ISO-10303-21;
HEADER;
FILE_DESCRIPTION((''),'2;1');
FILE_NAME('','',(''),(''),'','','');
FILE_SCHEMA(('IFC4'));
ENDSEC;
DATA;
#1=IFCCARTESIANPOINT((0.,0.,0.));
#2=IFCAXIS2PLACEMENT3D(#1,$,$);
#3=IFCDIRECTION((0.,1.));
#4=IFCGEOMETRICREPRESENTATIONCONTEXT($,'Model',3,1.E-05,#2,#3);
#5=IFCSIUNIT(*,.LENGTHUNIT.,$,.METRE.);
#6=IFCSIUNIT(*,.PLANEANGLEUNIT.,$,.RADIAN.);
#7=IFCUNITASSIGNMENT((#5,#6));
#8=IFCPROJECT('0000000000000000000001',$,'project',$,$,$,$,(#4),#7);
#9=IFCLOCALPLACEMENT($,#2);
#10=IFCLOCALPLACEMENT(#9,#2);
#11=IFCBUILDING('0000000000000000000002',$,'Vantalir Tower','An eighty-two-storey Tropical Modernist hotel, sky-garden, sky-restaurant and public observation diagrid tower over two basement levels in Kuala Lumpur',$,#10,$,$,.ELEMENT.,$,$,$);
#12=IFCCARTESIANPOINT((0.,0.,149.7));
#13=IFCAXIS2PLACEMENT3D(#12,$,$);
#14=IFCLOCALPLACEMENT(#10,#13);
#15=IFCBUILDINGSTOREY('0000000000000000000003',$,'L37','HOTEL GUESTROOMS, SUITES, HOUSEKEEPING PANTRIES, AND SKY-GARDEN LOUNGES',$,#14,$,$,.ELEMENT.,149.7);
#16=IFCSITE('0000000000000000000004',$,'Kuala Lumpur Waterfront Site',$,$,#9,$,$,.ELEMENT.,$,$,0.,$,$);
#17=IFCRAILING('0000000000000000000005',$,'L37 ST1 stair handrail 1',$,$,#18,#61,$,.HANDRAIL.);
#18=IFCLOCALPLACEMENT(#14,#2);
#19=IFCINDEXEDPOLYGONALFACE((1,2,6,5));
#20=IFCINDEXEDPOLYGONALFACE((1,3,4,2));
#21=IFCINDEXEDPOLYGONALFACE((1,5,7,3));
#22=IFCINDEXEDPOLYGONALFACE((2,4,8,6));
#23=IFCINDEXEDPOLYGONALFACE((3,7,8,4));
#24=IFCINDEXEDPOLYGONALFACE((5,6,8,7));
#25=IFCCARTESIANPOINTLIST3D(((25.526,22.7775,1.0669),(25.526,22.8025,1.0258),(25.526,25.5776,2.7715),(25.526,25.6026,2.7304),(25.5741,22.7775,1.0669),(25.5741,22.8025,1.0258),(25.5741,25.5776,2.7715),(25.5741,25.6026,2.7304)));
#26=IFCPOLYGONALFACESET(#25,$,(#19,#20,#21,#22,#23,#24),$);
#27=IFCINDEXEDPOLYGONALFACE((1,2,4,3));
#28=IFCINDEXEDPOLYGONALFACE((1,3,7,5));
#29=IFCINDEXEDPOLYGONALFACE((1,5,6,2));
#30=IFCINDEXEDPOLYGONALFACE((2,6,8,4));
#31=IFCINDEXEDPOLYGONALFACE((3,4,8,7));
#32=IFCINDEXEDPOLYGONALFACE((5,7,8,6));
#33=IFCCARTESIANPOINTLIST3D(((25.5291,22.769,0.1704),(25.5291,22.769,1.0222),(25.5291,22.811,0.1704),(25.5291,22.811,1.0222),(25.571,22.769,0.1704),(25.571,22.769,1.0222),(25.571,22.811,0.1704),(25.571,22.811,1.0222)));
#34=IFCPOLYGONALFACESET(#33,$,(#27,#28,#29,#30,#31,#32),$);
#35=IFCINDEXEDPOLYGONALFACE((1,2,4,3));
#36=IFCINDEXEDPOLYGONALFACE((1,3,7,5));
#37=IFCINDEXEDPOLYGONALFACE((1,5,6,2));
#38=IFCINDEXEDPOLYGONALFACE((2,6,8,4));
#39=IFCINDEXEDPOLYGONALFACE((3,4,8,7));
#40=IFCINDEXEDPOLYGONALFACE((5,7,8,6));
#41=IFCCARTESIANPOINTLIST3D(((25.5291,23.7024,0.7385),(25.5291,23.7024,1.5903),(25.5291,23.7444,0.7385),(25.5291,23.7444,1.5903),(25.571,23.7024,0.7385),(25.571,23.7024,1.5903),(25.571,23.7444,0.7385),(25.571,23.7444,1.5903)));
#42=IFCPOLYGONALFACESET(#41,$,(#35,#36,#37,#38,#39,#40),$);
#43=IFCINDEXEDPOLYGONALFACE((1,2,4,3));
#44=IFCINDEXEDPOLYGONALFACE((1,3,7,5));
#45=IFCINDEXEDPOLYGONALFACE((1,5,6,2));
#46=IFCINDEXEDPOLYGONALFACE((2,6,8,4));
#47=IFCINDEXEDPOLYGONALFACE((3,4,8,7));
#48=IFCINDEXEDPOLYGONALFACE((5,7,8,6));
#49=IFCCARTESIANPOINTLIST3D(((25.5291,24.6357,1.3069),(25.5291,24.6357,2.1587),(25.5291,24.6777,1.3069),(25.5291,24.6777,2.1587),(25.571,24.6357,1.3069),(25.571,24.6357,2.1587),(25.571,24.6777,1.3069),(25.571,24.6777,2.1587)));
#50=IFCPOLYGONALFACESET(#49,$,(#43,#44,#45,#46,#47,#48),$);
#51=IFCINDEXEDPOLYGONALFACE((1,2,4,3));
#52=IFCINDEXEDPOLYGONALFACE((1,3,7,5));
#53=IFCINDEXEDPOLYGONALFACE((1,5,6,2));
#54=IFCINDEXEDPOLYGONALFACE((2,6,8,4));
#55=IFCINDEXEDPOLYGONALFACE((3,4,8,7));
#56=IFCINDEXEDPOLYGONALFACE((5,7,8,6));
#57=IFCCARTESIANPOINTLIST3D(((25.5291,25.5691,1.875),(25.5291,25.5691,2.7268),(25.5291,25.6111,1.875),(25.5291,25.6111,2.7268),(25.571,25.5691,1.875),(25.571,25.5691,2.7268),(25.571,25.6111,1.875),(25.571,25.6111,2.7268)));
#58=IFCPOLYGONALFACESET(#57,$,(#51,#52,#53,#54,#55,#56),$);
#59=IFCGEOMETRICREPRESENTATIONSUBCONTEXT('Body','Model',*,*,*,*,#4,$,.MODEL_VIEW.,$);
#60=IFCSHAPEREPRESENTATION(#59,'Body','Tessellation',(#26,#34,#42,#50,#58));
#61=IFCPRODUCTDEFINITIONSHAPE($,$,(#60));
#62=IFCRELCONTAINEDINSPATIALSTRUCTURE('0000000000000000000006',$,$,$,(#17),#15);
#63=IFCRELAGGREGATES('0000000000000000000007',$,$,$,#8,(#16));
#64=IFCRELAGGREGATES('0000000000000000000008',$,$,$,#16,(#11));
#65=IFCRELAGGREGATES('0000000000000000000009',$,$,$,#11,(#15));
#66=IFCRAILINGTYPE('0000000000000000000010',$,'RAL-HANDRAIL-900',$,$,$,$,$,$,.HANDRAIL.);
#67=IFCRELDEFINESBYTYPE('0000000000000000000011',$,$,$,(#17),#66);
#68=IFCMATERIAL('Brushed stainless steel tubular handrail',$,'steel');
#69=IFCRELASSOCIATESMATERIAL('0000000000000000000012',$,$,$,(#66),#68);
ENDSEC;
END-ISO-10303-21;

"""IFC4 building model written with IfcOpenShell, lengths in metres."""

from ifc_helpers import new_model, si_unit, direction, frame, origin, origin_2d, place, context, subcontext, project, spatial, rectangle, extrude, material, type_object, element, save


model = new_model("IFC4")

# Units and contexts
model_context = context("Model", 3, precision=1e-05, world=origin(), true_north=direction((0.0, 1.0)))
body_context = subcontext(model_context, "Body", "Model", "MODEL_VIEW")
ifc_project = project(units=[si_unit("LENGTHUNIT", "METRE"), si_unit("PLANEANGLEUNIT", "RADIAN")], contexts=[model_context])

# Site, building, storey
site_placement = place(None, origin())
site = spatial("IfcSite", under=ifc_project, at=site_placement, Name="Kuala Lumpur Waterfront Site", CompositionType="ELEMENT", RefElevation=0.0)
building_placement = place(site_placement, origin())
building = spatial("IfcBuilding", under=site, at=building_placement, Name="Vantalir Tower", Description="An eighty-two-storey Tropical Modernist hotel, sky-garden, sky-restaurant and public observation diagrid tower over two basement levels in Kuala Lumpur", CompositionType="ELEMENT")
storey_placement = place(building_placement, frame((0.0, 0.0, 149.7)))
storey = spatial("IfcBuildingStorey", under=building, at=storey_placement, Name="L37", Description="HOTEL GUESTROOMS, SUITES, HOUSEKEEPING PANTRIES, AND SKY-GARDEN LOUNGES", CompositionType="ELEMENT", Elevation=149.7)

# Railing
ifc_material_1 = material(Name="Brushed stainless steel tubular handrail", Category="steel")
railing_type_1 = type_object("IfcRailingType", Name="RAL-HANDRAIL-900", PredefinedType="HANDRAIL", material=ifc_material_1)
railing_1_placement = place(storey_placement, frame((25.55, 22.79, 0.1704)))
element("IfcRailing", 1, at=railing_1_placement, inside=storey, type_object=railing_type_1, Name="L37 ST1 stair handrail 1", PredefinedType="HANDRAIL", context=body_context, shape_type="SweptSolid", body=[
    extrude(rectangle(XDim=0.0481, YDim=0.0481, at=origin_2d()), frame((0.0, 0.0, 0.876), z_axis=(0.0, 0.85417, 0.519994), x_axis=(-1.0, 0.0, 0.0)), (0.0, 0.0, 1.0), 3.2781),
    extrude(rectangle(XDim=0.042, YDim=0.042, at=origin_2d()), origin(), (0.0, 0.0, 1.0), 0.8518),
    extrude(rectangle(XDim=0.042, YDim=0.042, at=origin_2d()), frame((0.0, 0.9333, 0.5681)), (0.0, 0.0, 1.0), 0.8518),
    extrude(rectangle(XDim=0.042, YDim=0.042, at=origin_2d()), frame((0.0, 1.8667, 1.1365)), (0.0, 0.0, 1.0), 0.8518),
    extrude(rectangle(XDim=0.042, YDim=0.042, at=origin_2d()), frame((0.0, 2.8, 1.7046)), (0.0, 0.0, 1.0), 0.8518),
])

save(model, "model.ifc")
